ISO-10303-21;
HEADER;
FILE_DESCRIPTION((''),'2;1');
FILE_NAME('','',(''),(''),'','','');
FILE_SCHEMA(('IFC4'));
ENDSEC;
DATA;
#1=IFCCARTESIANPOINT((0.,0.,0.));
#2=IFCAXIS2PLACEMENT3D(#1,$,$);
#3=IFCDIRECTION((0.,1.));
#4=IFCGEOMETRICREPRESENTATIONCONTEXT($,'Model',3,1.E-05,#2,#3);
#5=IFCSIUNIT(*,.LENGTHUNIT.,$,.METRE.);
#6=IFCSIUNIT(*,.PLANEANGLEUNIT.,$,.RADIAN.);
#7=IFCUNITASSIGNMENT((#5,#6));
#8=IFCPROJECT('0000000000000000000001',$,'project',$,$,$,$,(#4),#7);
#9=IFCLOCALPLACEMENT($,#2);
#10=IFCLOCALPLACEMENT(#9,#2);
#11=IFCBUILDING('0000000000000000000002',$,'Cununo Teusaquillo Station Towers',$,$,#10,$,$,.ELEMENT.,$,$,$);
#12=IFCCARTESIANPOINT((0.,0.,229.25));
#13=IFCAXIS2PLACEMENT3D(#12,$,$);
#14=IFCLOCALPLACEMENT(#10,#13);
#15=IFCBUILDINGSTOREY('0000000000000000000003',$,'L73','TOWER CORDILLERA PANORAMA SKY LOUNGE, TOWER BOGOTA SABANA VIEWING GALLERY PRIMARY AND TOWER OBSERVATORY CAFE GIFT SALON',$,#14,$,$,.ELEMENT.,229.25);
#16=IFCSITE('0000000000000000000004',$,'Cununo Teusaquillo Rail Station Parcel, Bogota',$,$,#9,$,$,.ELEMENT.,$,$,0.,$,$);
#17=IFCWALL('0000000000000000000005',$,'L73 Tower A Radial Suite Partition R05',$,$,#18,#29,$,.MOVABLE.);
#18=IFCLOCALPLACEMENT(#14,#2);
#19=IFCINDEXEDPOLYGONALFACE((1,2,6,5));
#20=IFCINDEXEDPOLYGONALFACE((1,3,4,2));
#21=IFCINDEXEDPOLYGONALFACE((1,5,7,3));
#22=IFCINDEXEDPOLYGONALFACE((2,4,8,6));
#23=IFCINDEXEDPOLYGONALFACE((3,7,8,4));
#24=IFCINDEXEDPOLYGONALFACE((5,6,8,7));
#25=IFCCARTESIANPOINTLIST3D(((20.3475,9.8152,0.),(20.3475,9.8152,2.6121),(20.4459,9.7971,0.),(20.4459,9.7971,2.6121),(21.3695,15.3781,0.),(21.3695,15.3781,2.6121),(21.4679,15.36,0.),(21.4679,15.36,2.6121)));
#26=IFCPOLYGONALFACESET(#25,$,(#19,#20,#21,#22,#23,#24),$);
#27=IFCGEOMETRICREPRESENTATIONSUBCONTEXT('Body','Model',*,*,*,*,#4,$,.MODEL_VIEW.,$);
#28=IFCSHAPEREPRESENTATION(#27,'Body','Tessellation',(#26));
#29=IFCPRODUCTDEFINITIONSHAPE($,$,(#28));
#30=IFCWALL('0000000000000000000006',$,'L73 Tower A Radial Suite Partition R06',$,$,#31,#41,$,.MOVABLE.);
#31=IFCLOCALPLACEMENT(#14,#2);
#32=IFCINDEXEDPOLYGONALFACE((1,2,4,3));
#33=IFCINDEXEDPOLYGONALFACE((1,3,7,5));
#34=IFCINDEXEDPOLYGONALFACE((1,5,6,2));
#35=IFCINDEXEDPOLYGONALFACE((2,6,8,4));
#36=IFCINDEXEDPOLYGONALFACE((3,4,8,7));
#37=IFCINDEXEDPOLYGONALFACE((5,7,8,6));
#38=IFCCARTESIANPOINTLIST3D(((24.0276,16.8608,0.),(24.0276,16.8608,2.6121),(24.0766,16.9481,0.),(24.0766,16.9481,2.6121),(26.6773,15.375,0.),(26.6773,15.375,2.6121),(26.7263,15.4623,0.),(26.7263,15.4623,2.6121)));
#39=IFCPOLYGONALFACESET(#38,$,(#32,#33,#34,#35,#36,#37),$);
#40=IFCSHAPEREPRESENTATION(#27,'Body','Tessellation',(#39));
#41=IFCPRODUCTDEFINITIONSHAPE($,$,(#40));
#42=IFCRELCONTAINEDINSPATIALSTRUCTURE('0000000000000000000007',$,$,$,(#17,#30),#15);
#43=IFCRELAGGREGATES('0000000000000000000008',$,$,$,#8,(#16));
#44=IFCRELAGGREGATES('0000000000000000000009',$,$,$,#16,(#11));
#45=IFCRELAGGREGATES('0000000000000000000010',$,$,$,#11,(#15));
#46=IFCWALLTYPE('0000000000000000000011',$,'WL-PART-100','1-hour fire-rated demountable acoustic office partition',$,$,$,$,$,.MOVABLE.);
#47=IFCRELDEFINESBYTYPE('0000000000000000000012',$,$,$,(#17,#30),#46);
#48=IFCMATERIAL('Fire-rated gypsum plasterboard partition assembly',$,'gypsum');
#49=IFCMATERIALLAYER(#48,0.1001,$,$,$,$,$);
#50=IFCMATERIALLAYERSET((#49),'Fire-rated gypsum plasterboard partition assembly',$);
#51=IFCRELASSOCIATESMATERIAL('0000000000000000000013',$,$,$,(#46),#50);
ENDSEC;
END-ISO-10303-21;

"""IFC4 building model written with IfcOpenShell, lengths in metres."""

from ifc_helpers import new_model, si_unit, direction, frame, frame_2d, origin, place, context, subcontext, project, spatial, rectangle, extrude, material, layer, layer_set, type_object, element, save


model = new_model("IFC4")

# Units and contexts
model_context = context("Model", 3, precision=1e-05, world=origin(), true_north=direction((0.0, 1.0)))
body_context = subcontext(model_context, "Body", "Model", "MODEL_VIEW")
ifc_project = project(units=[si_unit("LENGTHUNIT", "METRE"), si_unit("PLANEANGLEUNIT", "RADIAN")], contexts=[model_context])

# Site, building, storey
site_placement = place(None, origin())
site = spatial("IfcSite", under=ifc_project, at=site_placement, Name="Cununo Teusaquillo Rail Station Parcel, Bogota", CompositionType="ELEMENT", RefElevation=0.0)
building_placement = place(site_placement, origin())
building = spatial("IfcBuilding", under=site, at=building_placement, Name="Cununo Teusaquillo Station Towers", CompositionType="ELEMENT")
storey_placement = place(building_placement, frame((0.0, 0.0, 229.25)))
storey = spatial("IfcBuildingStorey", under=building, at=storey_placement, Name="L73", Description="TOWER CORDILLERA PANORAMA SKY LOUNGE, TOWER BOGOTA SABANA VIEWING GALLERY PRIMARY AND TOWER OBSERVATORY CAFE GIFT SALON", CompositionType="ELEMENT", Elevation=229.25)

# Shared definitions
ifc_material_1 = material(Name="Fire-rated gypsum plasterboard partition assembly", Category="gypsum")
ifc_layer_1 = layer(ifc_material_1, 0.1001)
ifc_layer_set_1 = layer_set([ifc_layer_1], Name="Fire-rated gypsum plasterboard partition assembly")
wall_type_1 = type_object("IfcWallType", Name="WL-PART-100", Description="1-hour fire-rated demountable acoustic office partition", PredefinedType="MOVABLE", material=ifc_layer_set_1)

# Walls
wall_1_placement = place(storey_placement, frame((21.4187, 15.3691, 0.0), z_axis=(0.0, 0.0, 1.0), x_axis=(-0.180686, -0.983541, 0.0)))
element("IfcWall", 1, at=wall_1_placement, inside=storey, type_object=wall_type_1, Name="L73 Tower A Radial Suite Partition R05", PredefinedType="MOVABLE", context=body_context, shape_type="SweptSolid", body=[
    extrude(rectangle(XDim=5.656, YDim=0.1001, at=frame_2d((2.8281, 0.0))), origin(), (0.0, 0.0, 1.0), 2.6121),
])
wall_2_placement = place(storey_placement, frame((24.052, 16.9045, 0.0), z_axis=(0.0, 0.0, 1.0), x_axis=(0.872221, -0.489112, 0.0)))
element("IfcWall", 2, at=wall_2_placement, inside=storey, type_object=wall_type_1, Name="L73 Tower A Radial Suite Partition R06", PredefinedType="MOVABLE", context=body_context, shape_type="SweptSolid", body=[
    extrude(rectangle(XDim=3.0378, YDim=0.1001, at=frame_2d((1.519, 0.0))), origin(), (0.0, 0.0, 1.0), 2.6121),
])

save(model, "model.ifc")
